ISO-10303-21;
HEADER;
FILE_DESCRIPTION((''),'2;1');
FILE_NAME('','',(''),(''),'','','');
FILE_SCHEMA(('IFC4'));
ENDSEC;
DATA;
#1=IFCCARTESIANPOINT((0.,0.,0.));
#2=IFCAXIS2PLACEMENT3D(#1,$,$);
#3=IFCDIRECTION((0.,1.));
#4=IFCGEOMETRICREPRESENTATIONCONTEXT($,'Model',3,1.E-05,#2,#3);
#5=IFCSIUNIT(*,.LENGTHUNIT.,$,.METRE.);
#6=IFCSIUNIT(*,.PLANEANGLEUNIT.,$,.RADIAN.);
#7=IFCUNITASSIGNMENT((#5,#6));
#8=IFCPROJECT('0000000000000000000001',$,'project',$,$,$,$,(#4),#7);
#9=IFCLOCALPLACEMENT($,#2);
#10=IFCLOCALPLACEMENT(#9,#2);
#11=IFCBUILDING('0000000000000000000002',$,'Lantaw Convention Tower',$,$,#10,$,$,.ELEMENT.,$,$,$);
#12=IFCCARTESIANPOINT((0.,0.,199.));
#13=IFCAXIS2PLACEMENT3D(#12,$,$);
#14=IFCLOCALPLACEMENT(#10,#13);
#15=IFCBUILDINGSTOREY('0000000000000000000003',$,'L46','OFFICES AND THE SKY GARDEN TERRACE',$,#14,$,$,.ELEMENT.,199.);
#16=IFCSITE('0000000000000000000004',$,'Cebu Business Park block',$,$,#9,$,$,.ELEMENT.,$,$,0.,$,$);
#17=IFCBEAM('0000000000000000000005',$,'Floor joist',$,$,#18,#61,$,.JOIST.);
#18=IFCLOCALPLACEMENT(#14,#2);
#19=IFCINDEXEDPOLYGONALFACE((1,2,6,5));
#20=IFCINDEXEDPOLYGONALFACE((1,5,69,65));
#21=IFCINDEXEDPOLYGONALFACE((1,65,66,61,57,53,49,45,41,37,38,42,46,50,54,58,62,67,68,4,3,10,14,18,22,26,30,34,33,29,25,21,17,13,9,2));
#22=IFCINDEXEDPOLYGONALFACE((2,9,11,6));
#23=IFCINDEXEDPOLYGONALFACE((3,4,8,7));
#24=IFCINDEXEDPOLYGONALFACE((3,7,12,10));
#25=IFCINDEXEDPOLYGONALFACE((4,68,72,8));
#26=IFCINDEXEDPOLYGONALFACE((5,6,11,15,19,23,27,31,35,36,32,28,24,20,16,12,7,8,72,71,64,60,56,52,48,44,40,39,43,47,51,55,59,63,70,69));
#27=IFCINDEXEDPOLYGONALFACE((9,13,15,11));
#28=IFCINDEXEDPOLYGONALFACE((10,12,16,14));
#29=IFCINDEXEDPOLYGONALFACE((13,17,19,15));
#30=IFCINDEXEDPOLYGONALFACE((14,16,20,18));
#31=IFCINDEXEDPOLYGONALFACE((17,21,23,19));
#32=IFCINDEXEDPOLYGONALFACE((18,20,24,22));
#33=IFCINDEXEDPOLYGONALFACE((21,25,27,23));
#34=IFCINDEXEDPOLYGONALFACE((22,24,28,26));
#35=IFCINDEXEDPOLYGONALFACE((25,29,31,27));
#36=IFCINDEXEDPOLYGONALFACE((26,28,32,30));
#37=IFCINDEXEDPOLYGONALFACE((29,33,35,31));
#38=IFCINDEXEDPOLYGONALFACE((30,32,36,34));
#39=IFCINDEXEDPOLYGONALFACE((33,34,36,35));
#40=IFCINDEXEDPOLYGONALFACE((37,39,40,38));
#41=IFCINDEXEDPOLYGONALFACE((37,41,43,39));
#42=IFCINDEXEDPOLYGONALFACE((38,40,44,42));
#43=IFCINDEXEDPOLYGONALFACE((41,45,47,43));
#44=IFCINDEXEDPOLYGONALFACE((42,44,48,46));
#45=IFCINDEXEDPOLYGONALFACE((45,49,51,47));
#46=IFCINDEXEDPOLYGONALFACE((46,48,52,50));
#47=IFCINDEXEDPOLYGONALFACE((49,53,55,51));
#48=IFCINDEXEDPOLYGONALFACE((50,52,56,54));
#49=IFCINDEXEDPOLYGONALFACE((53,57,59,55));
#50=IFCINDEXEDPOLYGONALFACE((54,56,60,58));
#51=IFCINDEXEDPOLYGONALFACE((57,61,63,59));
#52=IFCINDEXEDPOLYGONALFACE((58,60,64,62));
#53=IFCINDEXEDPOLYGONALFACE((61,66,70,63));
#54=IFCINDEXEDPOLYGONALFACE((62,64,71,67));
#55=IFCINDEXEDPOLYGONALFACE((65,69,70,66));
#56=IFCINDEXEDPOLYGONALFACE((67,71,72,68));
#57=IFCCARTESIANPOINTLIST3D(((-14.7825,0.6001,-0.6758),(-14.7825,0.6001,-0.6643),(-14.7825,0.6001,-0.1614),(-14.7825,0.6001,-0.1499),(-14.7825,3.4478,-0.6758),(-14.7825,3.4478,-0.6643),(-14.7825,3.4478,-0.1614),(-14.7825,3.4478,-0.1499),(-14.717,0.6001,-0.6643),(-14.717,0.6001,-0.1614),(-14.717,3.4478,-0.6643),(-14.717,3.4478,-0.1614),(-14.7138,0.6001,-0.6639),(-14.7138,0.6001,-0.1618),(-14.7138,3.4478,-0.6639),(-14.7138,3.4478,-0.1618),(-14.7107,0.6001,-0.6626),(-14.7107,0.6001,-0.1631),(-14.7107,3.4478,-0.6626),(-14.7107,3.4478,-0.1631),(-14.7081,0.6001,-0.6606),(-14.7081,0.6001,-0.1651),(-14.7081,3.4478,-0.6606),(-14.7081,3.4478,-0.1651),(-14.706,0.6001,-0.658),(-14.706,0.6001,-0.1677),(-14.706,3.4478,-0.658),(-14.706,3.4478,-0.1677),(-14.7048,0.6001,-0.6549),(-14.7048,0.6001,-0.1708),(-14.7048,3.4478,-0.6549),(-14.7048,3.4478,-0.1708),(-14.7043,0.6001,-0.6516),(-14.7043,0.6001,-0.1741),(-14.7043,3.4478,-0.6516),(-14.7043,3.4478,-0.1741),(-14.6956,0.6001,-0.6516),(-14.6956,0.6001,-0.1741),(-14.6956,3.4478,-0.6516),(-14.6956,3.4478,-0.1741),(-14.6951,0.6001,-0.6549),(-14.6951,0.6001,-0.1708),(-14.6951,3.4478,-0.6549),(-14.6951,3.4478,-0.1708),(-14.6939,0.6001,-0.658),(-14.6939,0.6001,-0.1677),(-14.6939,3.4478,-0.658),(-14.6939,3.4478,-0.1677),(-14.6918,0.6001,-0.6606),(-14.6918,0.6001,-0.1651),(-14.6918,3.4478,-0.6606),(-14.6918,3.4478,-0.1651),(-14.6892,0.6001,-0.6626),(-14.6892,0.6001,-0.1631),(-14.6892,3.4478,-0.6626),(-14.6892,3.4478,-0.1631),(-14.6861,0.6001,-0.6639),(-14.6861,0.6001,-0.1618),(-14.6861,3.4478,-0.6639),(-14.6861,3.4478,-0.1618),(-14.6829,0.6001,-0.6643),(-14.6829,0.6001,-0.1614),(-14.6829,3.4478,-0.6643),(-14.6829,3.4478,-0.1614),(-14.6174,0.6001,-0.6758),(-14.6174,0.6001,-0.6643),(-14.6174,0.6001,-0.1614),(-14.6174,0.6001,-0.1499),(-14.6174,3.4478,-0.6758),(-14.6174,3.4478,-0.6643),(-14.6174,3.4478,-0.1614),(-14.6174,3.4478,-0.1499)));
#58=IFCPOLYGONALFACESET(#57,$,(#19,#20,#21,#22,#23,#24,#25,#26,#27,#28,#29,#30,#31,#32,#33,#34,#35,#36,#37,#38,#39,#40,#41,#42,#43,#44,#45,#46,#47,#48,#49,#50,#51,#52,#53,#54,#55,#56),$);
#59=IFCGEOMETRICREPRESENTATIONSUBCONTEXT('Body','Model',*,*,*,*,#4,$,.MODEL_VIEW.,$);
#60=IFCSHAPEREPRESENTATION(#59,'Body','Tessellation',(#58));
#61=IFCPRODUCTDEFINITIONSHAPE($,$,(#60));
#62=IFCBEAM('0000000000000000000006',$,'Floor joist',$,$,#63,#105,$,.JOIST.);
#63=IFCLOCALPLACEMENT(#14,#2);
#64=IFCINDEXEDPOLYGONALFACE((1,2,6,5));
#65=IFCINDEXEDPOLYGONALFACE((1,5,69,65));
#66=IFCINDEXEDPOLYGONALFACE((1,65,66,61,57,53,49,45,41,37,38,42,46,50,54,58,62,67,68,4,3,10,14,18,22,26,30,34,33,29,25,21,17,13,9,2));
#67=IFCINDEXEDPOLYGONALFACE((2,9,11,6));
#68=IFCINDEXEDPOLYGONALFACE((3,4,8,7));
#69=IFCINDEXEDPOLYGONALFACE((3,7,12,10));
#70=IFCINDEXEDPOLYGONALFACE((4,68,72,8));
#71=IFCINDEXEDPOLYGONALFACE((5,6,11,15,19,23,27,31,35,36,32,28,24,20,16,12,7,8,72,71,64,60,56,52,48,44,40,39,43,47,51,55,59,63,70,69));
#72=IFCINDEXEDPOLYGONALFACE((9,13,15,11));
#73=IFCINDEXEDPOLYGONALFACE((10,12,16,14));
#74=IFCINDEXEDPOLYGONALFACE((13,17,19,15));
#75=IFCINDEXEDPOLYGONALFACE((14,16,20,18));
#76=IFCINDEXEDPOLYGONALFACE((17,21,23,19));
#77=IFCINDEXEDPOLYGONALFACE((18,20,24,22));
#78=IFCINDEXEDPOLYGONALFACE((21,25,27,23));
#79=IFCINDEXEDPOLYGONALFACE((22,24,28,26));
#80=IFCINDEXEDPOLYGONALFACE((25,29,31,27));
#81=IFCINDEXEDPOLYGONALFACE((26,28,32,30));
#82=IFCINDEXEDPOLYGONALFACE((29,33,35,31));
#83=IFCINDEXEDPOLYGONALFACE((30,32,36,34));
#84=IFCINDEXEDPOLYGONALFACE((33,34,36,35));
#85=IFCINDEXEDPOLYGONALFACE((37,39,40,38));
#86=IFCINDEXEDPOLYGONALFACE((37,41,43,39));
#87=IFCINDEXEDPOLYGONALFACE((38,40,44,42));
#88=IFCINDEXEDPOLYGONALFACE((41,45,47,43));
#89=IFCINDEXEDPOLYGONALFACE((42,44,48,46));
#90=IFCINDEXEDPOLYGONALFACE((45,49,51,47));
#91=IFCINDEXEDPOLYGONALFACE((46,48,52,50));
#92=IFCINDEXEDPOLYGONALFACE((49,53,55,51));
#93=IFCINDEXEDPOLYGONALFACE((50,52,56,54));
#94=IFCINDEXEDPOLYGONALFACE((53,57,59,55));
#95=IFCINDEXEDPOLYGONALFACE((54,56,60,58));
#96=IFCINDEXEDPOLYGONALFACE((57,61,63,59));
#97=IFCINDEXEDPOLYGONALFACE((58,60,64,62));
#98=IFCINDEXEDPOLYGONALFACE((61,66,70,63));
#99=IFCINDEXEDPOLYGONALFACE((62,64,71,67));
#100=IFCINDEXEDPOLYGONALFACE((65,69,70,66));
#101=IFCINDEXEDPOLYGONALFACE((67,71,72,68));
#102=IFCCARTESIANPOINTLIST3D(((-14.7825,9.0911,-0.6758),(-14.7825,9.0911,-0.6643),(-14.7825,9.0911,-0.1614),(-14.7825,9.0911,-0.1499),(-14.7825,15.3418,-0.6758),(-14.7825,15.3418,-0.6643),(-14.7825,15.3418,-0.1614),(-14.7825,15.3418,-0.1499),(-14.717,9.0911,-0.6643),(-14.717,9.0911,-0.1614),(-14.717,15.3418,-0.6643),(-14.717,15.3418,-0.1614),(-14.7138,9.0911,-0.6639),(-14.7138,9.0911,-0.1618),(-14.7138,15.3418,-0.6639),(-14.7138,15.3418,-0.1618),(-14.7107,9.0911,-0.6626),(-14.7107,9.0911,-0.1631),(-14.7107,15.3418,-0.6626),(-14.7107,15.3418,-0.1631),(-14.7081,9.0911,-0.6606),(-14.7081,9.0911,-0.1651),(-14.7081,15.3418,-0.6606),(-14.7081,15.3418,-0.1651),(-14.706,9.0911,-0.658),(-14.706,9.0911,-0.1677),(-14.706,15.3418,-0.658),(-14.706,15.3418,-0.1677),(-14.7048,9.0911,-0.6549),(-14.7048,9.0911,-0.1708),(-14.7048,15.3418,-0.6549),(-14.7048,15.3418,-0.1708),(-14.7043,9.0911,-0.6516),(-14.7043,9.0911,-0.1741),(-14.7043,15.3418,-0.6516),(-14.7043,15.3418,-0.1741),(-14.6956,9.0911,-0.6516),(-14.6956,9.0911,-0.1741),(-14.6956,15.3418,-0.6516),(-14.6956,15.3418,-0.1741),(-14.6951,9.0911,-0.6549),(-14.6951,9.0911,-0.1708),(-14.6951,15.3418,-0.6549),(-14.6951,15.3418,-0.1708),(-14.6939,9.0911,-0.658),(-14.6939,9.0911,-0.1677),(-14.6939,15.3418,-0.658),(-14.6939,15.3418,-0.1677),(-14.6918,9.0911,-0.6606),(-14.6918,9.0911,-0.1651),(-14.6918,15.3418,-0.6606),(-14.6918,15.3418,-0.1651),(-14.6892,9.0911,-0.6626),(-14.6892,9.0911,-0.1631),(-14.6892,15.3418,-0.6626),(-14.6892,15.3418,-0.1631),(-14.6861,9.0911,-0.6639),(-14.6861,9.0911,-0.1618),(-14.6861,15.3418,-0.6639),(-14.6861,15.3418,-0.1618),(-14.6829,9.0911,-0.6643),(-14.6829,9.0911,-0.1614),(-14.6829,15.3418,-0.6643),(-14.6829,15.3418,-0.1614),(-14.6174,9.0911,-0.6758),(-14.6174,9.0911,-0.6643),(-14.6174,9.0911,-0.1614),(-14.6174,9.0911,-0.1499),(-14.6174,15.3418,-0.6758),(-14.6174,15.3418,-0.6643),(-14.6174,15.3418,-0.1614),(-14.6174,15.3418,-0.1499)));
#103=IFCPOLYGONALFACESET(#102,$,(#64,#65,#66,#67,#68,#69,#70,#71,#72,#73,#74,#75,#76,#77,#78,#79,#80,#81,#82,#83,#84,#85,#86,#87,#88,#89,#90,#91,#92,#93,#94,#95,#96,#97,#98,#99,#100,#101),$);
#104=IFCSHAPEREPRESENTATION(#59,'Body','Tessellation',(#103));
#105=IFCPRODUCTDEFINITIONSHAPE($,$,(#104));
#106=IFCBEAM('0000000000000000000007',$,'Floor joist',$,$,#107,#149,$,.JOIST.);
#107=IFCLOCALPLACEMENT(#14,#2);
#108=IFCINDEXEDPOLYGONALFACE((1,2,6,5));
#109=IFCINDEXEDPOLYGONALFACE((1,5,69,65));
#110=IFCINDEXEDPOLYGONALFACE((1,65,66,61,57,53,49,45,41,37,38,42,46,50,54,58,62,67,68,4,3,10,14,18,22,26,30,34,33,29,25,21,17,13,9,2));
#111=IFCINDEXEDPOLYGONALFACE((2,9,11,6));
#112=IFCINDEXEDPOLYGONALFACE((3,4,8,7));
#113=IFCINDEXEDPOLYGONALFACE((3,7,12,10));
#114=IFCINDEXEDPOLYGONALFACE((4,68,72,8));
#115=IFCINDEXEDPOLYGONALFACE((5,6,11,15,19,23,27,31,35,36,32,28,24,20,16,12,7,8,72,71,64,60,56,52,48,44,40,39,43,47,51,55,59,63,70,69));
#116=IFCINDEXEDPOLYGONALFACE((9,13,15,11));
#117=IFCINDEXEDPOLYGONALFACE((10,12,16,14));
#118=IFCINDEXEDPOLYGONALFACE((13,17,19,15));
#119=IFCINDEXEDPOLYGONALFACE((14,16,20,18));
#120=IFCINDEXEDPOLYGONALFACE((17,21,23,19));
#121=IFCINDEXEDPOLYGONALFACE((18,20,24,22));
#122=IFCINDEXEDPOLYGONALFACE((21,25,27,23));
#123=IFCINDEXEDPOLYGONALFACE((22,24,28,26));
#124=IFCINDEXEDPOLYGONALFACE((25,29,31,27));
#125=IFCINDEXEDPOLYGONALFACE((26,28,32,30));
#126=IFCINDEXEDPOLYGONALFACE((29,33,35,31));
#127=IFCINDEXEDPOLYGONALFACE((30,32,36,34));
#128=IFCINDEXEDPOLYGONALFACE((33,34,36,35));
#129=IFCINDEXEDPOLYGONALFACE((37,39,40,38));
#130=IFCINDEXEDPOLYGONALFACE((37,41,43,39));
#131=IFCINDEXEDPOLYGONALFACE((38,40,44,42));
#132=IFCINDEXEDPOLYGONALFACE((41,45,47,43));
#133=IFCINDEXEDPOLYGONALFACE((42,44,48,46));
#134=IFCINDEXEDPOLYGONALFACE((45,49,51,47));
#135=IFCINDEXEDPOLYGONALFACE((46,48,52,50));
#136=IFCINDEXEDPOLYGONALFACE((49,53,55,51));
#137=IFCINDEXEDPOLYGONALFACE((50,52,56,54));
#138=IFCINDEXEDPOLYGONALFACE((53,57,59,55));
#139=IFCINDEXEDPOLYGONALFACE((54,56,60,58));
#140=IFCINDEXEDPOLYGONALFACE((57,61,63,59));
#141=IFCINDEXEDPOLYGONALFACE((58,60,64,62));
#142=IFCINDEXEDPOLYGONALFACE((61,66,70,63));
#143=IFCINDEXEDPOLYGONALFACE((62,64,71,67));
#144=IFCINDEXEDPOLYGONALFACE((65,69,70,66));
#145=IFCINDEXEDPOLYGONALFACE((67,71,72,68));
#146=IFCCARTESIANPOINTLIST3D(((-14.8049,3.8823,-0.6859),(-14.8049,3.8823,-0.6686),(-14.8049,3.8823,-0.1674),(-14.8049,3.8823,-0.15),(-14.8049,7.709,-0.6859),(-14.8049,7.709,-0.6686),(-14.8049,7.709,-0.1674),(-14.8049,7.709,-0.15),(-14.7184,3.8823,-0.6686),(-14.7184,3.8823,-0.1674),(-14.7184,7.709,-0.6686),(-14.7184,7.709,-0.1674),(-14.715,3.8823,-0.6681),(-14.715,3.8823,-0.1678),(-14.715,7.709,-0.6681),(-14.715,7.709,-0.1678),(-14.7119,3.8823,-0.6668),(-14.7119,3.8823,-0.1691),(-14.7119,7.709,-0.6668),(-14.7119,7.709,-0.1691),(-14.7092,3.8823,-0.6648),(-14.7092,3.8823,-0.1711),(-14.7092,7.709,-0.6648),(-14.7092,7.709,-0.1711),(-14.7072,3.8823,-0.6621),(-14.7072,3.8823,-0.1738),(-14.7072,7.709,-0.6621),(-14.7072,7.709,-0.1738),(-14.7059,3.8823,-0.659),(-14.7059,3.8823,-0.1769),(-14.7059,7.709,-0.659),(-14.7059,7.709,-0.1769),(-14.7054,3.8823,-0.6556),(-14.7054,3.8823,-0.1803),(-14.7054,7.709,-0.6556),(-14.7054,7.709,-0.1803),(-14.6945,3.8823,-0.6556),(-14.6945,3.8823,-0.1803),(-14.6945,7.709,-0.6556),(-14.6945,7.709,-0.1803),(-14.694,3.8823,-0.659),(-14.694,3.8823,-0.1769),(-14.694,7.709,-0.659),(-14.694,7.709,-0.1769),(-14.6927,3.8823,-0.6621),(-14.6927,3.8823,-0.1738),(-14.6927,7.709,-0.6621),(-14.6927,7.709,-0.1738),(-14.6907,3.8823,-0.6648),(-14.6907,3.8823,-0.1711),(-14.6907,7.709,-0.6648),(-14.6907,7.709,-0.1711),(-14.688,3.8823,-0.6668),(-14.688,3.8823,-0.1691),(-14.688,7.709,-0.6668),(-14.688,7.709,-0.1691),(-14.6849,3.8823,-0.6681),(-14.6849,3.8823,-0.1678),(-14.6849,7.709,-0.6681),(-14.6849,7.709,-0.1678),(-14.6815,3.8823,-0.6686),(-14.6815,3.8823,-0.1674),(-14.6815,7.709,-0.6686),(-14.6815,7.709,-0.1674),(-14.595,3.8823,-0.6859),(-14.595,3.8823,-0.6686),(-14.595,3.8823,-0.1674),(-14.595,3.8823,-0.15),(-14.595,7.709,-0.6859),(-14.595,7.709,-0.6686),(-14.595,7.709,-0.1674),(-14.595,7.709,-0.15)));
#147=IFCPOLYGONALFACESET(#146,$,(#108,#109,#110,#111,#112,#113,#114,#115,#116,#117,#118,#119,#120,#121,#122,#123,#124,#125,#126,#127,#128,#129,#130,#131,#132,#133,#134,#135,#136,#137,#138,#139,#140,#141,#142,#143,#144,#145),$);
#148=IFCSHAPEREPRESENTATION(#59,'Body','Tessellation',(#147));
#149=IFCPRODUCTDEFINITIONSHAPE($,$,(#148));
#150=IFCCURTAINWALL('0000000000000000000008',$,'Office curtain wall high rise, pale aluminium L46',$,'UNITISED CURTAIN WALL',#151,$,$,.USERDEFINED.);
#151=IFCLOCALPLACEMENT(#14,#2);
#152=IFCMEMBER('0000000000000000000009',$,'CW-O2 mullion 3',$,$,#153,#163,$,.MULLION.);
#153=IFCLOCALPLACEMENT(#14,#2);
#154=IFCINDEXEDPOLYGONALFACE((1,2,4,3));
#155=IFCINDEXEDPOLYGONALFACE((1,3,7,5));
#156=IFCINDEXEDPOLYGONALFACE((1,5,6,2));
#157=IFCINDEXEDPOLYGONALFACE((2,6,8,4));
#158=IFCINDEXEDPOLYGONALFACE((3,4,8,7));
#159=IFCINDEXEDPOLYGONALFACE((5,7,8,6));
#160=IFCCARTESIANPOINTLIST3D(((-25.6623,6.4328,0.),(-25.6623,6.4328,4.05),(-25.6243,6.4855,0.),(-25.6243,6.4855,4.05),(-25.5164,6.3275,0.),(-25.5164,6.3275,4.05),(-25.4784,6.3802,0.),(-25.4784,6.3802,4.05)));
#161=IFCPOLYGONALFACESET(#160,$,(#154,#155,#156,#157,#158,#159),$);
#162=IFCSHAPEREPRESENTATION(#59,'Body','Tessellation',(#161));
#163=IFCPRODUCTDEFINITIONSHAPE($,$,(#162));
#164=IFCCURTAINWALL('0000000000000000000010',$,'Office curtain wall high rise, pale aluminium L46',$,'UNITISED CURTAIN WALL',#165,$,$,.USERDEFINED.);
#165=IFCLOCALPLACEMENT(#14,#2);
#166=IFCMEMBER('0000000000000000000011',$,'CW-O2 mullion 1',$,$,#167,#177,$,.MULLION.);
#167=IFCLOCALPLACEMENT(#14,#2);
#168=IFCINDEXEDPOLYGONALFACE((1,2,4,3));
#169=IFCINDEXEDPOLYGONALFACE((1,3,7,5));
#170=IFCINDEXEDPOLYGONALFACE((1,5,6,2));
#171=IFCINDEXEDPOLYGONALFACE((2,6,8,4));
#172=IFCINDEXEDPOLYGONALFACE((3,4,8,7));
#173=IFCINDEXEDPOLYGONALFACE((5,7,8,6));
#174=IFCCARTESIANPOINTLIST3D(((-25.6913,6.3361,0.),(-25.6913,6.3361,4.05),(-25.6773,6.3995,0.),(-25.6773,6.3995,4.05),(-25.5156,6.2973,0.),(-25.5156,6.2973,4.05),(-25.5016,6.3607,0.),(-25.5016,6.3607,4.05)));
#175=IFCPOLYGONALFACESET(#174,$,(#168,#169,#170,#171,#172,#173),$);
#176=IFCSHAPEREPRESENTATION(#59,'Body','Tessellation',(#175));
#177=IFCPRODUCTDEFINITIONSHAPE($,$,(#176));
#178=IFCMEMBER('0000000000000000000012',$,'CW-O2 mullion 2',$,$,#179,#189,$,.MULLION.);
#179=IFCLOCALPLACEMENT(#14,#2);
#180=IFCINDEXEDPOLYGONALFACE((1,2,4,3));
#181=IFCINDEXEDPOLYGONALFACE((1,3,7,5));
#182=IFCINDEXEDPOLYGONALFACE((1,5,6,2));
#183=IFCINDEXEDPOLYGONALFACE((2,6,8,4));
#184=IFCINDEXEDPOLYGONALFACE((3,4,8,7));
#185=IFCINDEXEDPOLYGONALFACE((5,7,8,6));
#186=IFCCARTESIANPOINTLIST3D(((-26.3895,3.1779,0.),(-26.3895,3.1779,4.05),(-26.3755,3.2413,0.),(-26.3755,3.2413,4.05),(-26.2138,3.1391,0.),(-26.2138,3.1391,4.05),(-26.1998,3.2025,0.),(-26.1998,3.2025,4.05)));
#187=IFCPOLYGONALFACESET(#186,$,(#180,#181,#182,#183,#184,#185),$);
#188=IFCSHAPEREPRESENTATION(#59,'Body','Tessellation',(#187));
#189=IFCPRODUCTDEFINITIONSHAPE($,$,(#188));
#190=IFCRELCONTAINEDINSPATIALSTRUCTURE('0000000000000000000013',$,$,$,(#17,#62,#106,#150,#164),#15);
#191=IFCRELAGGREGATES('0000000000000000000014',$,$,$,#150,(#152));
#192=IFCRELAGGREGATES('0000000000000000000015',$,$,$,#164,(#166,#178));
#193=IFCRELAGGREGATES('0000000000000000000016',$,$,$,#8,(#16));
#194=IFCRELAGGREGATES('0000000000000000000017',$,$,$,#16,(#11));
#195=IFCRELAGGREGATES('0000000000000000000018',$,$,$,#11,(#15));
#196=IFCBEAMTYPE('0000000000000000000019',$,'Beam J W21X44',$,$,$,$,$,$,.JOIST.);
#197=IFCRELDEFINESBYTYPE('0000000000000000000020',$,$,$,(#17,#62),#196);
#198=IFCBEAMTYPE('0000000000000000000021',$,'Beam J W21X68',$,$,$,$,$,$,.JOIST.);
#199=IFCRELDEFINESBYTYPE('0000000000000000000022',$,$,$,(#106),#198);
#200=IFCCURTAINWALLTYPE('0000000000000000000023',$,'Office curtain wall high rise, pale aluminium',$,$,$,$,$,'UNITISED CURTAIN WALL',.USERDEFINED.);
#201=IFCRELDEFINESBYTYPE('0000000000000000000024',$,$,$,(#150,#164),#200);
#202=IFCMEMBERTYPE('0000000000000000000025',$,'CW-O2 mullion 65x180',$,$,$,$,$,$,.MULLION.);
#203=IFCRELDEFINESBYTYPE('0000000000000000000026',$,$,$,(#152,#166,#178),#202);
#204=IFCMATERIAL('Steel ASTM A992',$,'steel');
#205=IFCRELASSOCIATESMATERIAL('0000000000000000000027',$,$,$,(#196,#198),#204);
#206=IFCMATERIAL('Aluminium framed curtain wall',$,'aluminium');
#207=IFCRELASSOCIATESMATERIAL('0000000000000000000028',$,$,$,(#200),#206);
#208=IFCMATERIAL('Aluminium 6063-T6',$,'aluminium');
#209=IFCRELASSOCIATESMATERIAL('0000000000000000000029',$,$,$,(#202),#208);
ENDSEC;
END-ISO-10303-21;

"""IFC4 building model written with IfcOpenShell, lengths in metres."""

from ifc_helpers import new_model, si_unit, direction, frame, origin, origin_2d, place, context, subcontext, project, spatial, rectangle, i_section, extrude, material, material_profile, profile_set, type_object, element, aggregate, save


model = new_model("IFC4")

# Units and contexts
model_context = context("Model", 3, precision=1e-05, world=origin(), true_north=direction((0.0, 1.0)))
body_context = subcontext(model_context, "Body", "Model", "MODEL_VIEW")
ifc_project = project(units=[si_unit("LENGTHUNIT", "METRE"), si_unit("PLANEANGLEUNIT", "RADIAN")], contexts=[model_context])

# Site, building, storey
site_placement = place(None, origin())
site = spatial("IfcSite", under=ifc_project, at=site_placement, Name="Cebu Business Park block", CompositionType="ELEMENT", RefElevation=0.0)
building_placement = place(site_placement, origin())
building = spatial("IfcBuilding", under=site, at=building_placement, Name="Lantaw Convention Tower", CompositionType="ELEMENT")
storey_placement = place(building_placement, frame((0.0, 0.0, 199.0)))
storey = spatial("IfcBuildingStorey", under=building, at=storey_placement, Name="L46", Description="OFFICES AND THE SKY GARDEN TERRACE", CompositionType="ELEMENT", Elevation=199.0)

# Beams
ifc_material_1 = material(Name="Steel ASTM A992", Category="steel")
ifc_material_profile_1 = material_profile(ifc_material_1, i_section(OverallWidth=0.165, OverallDepth=0.5259, WebThickness=0.0088, FlangeThickness=0.0115, FilletRadius=0.0127, at=origin_2d()), Name="W21X44")
ifc_profile_set_1 = profile_set([ifc_material_profile_1], Name="Steel ASTM A992")
beam_type_1 = type_object("IfcBeamType", Name="Beam J W21X44", PredefinedType="JOIST", material=ifc_profile_set_1)
beam_1_placement = place(storey_placement, frame((-14.7, 0.6001, -0.4128), z_axis=(0.0, 1.0, 0.0), x_axis=(-1.0, 0.0, 0.0)))
element("IfcBeam", 1, at=beam_1_placement, inside=storey, type_object=beam_type_1, Name="Floor joist", PredefinedType="JOIST", context=body_context, shape_type="SweptSolid", body=[
    extrude(i_section(OverallWidth=0.165, OverallDepth=0.5259, WebThickness=0.0088, FlangeThickness=0.0115, FilletRadius=0.0127, at=origin_2d()), origin(), (0.0, 0.0, 1.0), 2.8477),
])
beam_2_placement = place(storey_placement, frame((-14.7, 9.0911, -0.4128), z_axis=(0.0, 1.0, 0.0), x_axis=(-1.0, 0.0, 0.0)))
element("IfcBeam", 2, at=beam_2_placement, inside=storey, type_object=beam_type_1, Name="Floor joist", PredefinedType="JOIST", context=body_context, shape_type="SweptSolid", body=[
    extrude(i_section(OverallWidth=0.165, OverallDepth=0.5259, WebThickness=0.0088, FlangeThickness=0.0115, FilletRadius=0.0127, at=origin_2d()), origin(), (0.0, 0.0, 1.0), 6.2507),
])
ifc_material_profile_2 = material_profile(ifc_material_1, i_section(OverallWidth=0.21, OverallDepth=0.5359, WebThickness=0.011, FlangeThickness=0.0173, FilletRadius=0.0129, at=origin_2d()), Name="W21X68")
ifc_profile_set_2 = profile_set([ifc_material_profile_2], Name="Steel ASTM A992")
beam_type_2 = type_object("IfcBeamType", Name="Beam J W21X68", PredefinedType="JOIST", material=ifc_profile_set_2)
beam_3_placement = place(storey_placement, frame((-14.7, 3.8823, -0.418), z_axis=(0.0, 1.0, 0.0), x_axis=(-1.0, 0.0, 0.0)))
element("IfcBeam", 3, at=beam_3_placement, inside=storey, type_object=beam_type_2, Name="Floor joist", PredefinedType="JOIST", context=body_context, shape_type="SweptSolid", body=[
    extrude(i_section(OverallWidth=0.21, OverallDepth=0.5359, WebThickness=0.011, FlangeThickness=0.0173, FilletRadius=0.0129, at=origin_2d()), origin(), (0.0, 0.0, 1.0), 3.8267),
])

# Curtain wall, member
ifc_material_2 = material(Name="Aluminium framed curtain wall", Category="aluminium")
curtain_wall_type = type_object("IfcCurtainWallType", Name="Office curtain wall high rise, pale aluminium", ElementType="UNITISED CURTAIN WALL", PredefinedType="USERDEFINED", material=ifc_material_2)
curtain_wall_1_placement = place(storey_placement, origin())
curtain_wall_1 = element("IfcCurtainWall", 4, at=curtain_wall_1_placement, inside=storey, type_object=curtain_wall_type, Name="Office curtain wall high rise, pale aluminium L46", ObjectType="UNITISED CURTAIN WALL", PredefinedType="USERDEFINED")
ifc_material_3 = material(Name="Aluminium 6063-T6", Category="aluminium")
ifc_material_profile_3 = material_profile(ifc_material_3, rectangle(XDim=0.1799, YDim=0.0649, at=origin_2d()), Name="CW-O2 mullion 65x180")
ifc_profile_set_3 = profile_set([ifc_material_profile_3], Name="Aluminium 6063-T6")
member_type_1 = type_object("IfcMemberType", Name="CW-O2 mullion 65x180", PredefinedType="MULLION", material=ifc_profile_set_3)
member_1_placement = place(storey_placement, frame((-25.5703, 6.4065, 0.0), z_axis=(0.0, 0.0, 1.0), x_axis=(0.81092, -0.585158, 0.0)))
member_1 = element("IfcMember", 5, at=member_1_placement, type_object=member_type_1, Name="CW-O2 mullion 3", PredefinedType="MULLION", context=body_context, shape_type="SweptSolid", body=[
    extrude(rectangle(XDim=0.1799, YDim=0.0649, at=origin_2d()), origin(), (0.0, 0.0, 1.0), 4.05),
])

# Curtain wall, members
curtain_wall_2_placement = place(storey_placement, origin())
curtain_wall_2 = element("IfcCurtainWall", 6, at=curtain_wall_2_placement, inside=storey, type_object=curtain_wall_type, Name="Office curtain wall high rise, pale aluminium L46", ObjectType="UNITISED CURTAIN WALL", PredefinedType="USERDEFINED")
member_2_placement = place(storey_placement, frame((-25.5964, 6.3484, 0.0), z_axis=(0.0, 0.0, 1.0), x_axis=(0.976417, -0.215891, 0.0)))
member_2 = element("IfcMember", 7, at=member_2_placement, type_object=member_type_1, Name="CW-O2 mullion 1", PredefinedType="MULLION", context=body_context, shape_type="SweptSolid", body=[
    extrude(rectangle(XDim=0.1799, YDim=0.0649, at=origin_2d()), origin(), (0.0, 0.0, 1.0), 4.05),
])
member_3_placement = place(storey_placement, frame((-26.2947, 3.1902, 0.0), z_axis=(0.0, 0.0, 1.0), x_axis=(0.976417, -0.215891, 0.0)))
member_3 = element("IfcMember", 8, at=member_3_placement, type_object=member_type_1, Name="CW-O2 mullion 2", PredefinedType="MULLION", context=body_context, shape_type="SweptSolid", body=[
    extrude(rectangle(XDim=0.1799, YDim=0.0649, at=origin_2d()), origin(), (0.0, 0.0, 1.0), 4.05),
])

aggregate(curtain_wall_1, [member_1])
aggregate(curtain_wall_2, [member_2, member_3])

save(model, "model.ifc")
